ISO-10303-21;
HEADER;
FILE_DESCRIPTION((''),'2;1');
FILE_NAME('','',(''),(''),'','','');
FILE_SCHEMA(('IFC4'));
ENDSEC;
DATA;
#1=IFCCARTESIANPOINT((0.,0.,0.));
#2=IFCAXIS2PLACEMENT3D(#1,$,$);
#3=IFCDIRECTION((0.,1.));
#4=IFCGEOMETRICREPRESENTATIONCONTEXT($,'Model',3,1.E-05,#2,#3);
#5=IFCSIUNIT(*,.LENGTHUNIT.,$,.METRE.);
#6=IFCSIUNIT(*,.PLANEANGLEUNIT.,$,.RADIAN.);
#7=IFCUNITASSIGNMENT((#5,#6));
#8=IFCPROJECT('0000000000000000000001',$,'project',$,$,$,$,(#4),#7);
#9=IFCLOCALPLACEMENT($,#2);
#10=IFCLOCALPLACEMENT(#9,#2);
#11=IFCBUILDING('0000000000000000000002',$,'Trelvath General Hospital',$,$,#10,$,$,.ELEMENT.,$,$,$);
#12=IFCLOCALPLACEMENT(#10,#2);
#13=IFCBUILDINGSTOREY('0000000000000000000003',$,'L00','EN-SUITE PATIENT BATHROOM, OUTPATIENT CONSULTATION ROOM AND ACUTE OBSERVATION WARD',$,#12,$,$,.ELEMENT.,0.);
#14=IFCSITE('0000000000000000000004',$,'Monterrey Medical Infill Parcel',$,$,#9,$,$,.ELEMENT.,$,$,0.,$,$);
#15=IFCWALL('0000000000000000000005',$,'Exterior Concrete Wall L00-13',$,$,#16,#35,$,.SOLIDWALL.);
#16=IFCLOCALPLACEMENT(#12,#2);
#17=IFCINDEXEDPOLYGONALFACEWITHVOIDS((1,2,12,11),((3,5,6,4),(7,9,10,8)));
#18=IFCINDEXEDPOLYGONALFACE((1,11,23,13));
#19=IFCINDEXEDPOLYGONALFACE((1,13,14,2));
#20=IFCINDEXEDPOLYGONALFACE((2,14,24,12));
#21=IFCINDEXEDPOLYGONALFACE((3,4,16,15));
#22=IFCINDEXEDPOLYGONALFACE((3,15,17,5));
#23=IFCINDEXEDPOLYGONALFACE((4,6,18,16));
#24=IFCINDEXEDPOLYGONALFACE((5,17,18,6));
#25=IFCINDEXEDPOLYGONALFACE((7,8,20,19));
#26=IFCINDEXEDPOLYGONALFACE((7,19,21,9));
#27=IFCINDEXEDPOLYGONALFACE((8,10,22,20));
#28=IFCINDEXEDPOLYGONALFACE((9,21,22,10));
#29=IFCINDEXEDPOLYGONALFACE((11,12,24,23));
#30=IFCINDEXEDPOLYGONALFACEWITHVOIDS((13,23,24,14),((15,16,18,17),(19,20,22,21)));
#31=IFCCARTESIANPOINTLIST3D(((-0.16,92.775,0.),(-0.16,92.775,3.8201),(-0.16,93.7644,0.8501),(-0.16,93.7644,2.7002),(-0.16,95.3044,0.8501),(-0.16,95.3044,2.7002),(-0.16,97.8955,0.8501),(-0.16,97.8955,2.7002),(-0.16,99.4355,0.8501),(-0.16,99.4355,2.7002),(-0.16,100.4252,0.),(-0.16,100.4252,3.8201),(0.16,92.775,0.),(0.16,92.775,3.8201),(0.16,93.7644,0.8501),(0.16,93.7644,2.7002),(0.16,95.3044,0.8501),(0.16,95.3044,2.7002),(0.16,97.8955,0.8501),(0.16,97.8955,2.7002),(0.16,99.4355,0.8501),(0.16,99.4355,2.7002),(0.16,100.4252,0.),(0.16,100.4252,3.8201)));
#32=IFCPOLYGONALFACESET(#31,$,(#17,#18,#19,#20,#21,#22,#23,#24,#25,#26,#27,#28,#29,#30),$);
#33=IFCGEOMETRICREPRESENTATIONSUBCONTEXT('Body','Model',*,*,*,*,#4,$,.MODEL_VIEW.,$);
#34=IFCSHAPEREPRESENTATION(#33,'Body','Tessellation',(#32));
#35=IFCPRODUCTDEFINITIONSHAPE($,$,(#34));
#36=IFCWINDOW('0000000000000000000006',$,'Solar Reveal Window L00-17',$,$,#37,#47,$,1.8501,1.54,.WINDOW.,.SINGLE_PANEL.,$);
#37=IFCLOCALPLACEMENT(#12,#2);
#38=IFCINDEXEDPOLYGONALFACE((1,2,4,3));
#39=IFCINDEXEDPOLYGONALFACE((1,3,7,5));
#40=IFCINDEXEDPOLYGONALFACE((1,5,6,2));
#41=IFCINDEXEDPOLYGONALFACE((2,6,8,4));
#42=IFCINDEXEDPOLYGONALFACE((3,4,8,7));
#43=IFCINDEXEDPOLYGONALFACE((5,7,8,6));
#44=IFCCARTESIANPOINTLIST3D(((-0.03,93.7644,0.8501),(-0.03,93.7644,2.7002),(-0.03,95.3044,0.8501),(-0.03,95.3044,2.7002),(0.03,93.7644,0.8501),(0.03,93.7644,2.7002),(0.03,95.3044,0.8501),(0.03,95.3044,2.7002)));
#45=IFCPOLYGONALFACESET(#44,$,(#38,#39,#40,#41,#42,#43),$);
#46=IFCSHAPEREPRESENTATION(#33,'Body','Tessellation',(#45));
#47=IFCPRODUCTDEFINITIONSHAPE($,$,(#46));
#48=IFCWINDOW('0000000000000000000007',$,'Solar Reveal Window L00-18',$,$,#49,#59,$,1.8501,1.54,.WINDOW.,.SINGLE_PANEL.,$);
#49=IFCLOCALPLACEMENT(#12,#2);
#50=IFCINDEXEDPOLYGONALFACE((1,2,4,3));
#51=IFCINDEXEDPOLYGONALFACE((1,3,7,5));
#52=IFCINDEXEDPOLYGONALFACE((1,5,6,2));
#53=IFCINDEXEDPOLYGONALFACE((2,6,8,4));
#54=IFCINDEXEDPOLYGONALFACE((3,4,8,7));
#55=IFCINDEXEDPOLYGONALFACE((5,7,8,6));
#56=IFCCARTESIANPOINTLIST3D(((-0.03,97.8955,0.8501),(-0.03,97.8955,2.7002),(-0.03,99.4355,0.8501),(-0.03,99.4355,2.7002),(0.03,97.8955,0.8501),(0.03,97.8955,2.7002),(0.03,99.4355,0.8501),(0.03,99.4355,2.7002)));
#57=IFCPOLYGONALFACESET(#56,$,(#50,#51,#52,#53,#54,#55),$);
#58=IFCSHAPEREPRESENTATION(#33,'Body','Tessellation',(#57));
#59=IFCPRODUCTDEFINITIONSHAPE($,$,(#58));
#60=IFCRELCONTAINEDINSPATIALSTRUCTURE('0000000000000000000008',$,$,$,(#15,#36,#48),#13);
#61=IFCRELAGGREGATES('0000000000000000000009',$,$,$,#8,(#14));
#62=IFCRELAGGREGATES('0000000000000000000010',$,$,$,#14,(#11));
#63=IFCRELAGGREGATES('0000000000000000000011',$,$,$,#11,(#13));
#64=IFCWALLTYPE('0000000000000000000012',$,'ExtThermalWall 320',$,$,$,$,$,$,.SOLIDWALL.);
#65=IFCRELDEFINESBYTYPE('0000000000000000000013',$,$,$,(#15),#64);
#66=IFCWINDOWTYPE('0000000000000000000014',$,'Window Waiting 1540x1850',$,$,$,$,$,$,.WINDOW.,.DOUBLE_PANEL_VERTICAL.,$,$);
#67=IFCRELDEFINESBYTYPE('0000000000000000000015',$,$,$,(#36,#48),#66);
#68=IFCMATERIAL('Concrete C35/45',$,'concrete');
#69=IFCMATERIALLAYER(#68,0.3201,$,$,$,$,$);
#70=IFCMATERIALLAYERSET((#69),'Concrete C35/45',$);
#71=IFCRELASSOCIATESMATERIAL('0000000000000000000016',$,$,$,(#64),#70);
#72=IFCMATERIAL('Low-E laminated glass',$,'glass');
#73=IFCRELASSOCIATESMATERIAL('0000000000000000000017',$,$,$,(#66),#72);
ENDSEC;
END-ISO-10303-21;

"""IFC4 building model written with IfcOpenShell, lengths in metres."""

from ifc_helpers import new_model, si_unit, direction, frame, frame_2d, origin, place, context, subcontext, project, spatial, rectangle, extrude, material, layer, layer_set, type_object, element, fill, save


model = new_model("IFC4")

# Units and contexts
model_context = context("Model", 3, precision=1e-05, world=origin(), true_north=direction((0.0, 1.0)))
body_context = subcontext(model_context, "Body", "Model", "MODEL_VIEW")
ifc_project = project(units=[si_unit("LENGTHUNIT", "METRE"), si_unit("PLANEANGLEUNIT", "RADIAN")], contexts=[model_context])

# Site, building, storey
site_placement = place(None, origin())
site = spatial("IfcSite", under=ifc_project, at=site_placement, Name="Monterrey Medical Infill Parcel", CompositionType="ELEMENT", RefElevation=0.0)
building_placement = place(site_placement, origin())
building = spatial("IfcBuilding", under=site, at=building_placement, Name="Trelvath General Hospital", CompositionType="ELEMENT")
storey_placement = place(building_placement, origin())
storey = spatial("IfcBuildingStorey", under=building, at=storey_placement, Name="L00", Description="EN-SUITE PATIENT BATHROOM, OUTPATIENT CONSULTATION ROOM AND ACUTE OBSERVATION WARD", CompositionType="ELEMENT", Elevation=0.0)

# Wall, openings, windows
ifc_material_1 = material(Name="Concrete C35/45", Category="concrete")
ifc_layer_1 = layer(ifc_material_1, 0.3201)
ifc_layer_set_1 = layer_set([ifc_layer_1], Name="Concrete C35/45")
wall_type_1 = type_object("IfcWallType", Name="ExtThermalWall 320", PredefinedType="SOLIDWALL", material=ifc_layer_set_1)
wall_1_placement = place(storey_placement, frame((0.0, 92.7749, 0.0), z_axis=(0.0, 0.0, 1.0), x_axis=(0.0, 1.0, 0.0)))
wall_1 = element("IfcWall", 1, at=wall_1_placement, inside=storey, type_object=wall_type_1, Name="Exterior Concrete Wall L00-13", PredefinedType="SOLIDWALL", context=body_context, shape_type="SweptSolid", body=[
    extrude(rectangle(XDim=7.6501, YDim=0.3201, at=frame_2d((3.8252, 0.0))), origin(), (0.0, 0.0, 1.0), 3.8201),
])
opening_1_placement = place(wall_1_placement, frame((0.9895, 0.0, 0.8501)))
opening_1 = element("IfcOpeningElement", 2, at=opening_1_placement, cuts=wall_1, PredefinedType="OPENING", context=body_context, shape_type="SweptSolid", body=[
    extrude(rectangle(XDim=1.54, YDim=1.8501, at=frame_2d((0.77, 0.925))), frame((0.0, 0.1699, 0.0), z_axis=(0.0, -1.0, 0.0), x_axis=(1.0, 0.0, 0.0)), (0.0, 0.0, 1.0), 0.3401),
])
opening_2_placement = place(wall_1_placement, frame((5.1206, 0.0, 0.8501)))
opening_2 = element("IfcOpeningElement", 3, at=opening_2_placement, cuts=wall_1, PredefinedType="OPENING", context=body_context, shape_type="SweptSolid", body=[
    extrude(rectangle(XDim=1.54, YDim=1.8501, at=frame_2d((0.77, 0.925))), frame((0.0, 0.1699, 0.0), z_axis=(0.0, -1.0, 0.0), x_axis=(1.0, 0.0, 0.0)), (0.0, 0.0, 1.0), 0.3401),
])
ifc_material_2 = material(Name="Low-E laminated glass", Category="glass")
window_type = type_object("IfcWindowType", Name="Window Waiting 1540x1850", PartitioningType="DOUBLE_PANEL_VERTICAL", PredefinedType="WINDOW", material=ifc_material_2)
window_1_placement = place(opening_1_placement, origin())
window_1 = element("IfcWindow", 4, at=window_1_placement, inside=storey, type_object=window_type, Name="Solar Reveal Window L00-17", OverallHeight=1.8501, OverallWidth=1.54, PartitioningType="SINGLE_PANEL", PredefinedType="WINDOW", context=body_context, shape_type="SweptSolid", body=[
    extrude(rectangle(XDim=1.54, YDim=1.8501, at=frame_2d((0.77, 0.925))), frame((0.0, 0.03, 0.0), z_axis=(0.0, -1.0, 0.0), x_axis=(1.0, 0.0, 0.0)), (0.0, 0.0, 1.0), 0.0601),
])
fill(opening_1, window_1)
window_2_placement = place(opening_2_placement, origin())
window_2 = element("IfcWindow", 5, at=window_2_placement, inside=storey, type_object=window_type, Name="Solar Reveal Window L00-18", OverallHeight=1.8501, OverallWidth=1.54, PartitioningType="SINGLE_PANEL", PredefinedType="WINDOW", context=body_context, shape_type="SweptSolid", body=[
    extrude(rectangle(XDim=1.54, YDim=1.8501, at=frame_2d((0.77, 0.925))), frame((0.0, 0.03, 0.0), z_axis=(0.0, -1.0, 0.0), x_axis=(1.0, 0.0, 0.0)), (0.0, 0.0, 1.0), 0.0601),
])
fill(opening_2, window_2)

save(model, "model.ifc")
